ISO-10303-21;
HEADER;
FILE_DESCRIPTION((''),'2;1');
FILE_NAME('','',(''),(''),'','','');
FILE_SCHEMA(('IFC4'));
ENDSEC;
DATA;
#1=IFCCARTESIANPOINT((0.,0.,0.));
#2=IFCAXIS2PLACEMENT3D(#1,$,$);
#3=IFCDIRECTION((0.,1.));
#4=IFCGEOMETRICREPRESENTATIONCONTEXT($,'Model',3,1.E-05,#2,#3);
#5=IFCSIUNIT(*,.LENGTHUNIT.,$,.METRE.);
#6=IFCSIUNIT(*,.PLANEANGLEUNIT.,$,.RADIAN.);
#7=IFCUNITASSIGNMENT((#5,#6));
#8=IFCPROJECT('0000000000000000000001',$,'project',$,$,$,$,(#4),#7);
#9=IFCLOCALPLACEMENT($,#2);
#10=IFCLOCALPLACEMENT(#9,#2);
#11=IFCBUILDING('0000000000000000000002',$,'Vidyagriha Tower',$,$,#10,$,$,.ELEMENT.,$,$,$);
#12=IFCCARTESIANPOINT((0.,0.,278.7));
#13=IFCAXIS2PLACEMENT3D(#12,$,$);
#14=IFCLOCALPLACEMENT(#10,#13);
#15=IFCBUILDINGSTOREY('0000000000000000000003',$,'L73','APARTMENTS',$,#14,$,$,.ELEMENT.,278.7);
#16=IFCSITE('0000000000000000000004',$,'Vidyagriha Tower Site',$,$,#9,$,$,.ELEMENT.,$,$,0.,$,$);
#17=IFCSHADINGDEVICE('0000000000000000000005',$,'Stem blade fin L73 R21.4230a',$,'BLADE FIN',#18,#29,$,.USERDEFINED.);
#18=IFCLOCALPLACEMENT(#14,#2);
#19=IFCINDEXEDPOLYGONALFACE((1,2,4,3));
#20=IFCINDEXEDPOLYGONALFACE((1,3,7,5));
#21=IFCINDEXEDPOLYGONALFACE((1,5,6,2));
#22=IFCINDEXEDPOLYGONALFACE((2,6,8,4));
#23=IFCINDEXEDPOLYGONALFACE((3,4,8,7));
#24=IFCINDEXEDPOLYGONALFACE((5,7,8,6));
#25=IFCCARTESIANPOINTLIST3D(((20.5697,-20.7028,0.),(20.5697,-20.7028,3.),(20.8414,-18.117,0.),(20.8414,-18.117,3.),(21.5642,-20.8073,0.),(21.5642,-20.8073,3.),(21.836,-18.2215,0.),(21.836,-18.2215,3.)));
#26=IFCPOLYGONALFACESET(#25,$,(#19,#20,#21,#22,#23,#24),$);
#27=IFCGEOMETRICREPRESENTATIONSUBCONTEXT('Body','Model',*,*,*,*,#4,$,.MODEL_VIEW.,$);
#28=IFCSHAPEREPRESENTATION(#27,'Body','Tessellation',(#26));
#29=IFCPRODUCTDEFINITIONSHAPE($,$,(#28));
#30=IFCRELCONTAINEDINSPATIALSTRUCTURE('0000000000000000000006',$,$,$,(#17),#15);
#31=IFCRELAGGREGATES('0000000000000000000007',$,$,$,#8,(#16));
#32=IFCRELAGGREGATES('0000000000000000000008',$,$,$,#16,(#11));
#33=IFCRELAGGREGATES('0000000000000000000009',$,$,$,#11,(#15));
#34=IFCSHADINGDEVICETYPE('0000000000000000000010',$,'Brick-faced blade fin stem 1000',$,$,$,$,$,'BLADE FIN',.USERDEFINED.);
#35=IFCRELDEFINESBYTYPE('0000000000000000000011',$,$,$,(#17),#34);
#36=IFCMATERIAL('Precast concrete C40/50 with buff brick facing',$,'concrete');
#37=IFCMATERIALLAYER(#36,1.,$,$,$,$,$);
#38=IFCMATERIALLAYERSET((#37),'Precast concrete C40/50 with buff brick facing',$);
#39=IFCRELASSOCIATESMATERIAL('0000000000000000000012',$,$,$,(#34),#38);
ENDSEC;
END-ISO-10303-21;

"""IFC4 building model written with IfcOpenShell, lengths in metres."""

from ifc_helpers import new_model, si_unit, direction, frame, origin, place, context, subcontext, project, spatial, polyline, outline, extrude, material, layer, layer_set, type_object, element, save


model = new_model("IFC4")

# Units and contexts
model_context = context("Model", 3, precision=1e-05, world=origin(), true_north=direction((0.0, 1.0)))
body_context = subcontext(model_context, "Body", "Model", "MODEL_VIEW")
ifc_project = project(units=[si_unit("LENGTHUNIT", "METRE"), si_unit("PLANEANGLEUNIT", "RADIAN")], contexts=[model_context])

# Site, building, storey
site_placement = place(None, origin())
site = spatial("IfcSite", under=ifc_project, at=site_placement, Name="Vidyagriha Tower Site", CompositionType="ELEMENT", RefElevation=0.0)
building_placement = place(site_placement, origin())
building = spatial("IfcBuilding", under=site, at=building_placement, Name="Vidyagriha Tower", CompositionType="ELEMENT")
storey_placement = place(building_placement, frame((0.0, 0.0, 278.7)))
storey = spatial("IfcBuildingStorey", under=building, at=storey_placement, Name="L73", Description="APARTMENTS", CompositionType="ELEMENT", Elevation=278.7)

# Shading device
ifc_material_1 = material(Name="Precast concrete C40/50 with buff brick facing", Category="concrete")
ifc_layer_1 = layer(ifc_material_1, 1.0)
ifc_layer_set_1 = layer_set([ifc_layer_1], Name="Precast concrete C40/50 with buff brick facing")
shading_device_type_1 = type_object("IfcShadingDeviceType", Name="Brick-faced blade fin stem 1000", ElementType="BLADE FIN", PredefinedType="USERDEFINED", material=ifc_layer_set_1)
shading_device_1_placement = place(storey_placement, frame((20.7056, -19.4099, 0.0), z_axis=(0.0, 0.0, 1.0), x_axis=(0.994524, -0.104507, 0.0)))
element("IfcShadingDevice", 1, at=shading_device_1_placement, inside=storey, type_object=shading_device_type_1, Name="Stem blade fin L73 R21.4230a", ObjectType="BLADE FIN", PredefinedType="USERDEFINED", context=body_context, shape_type="SweptSolid", body=[
    extrude(outline(polyline([(0.0, 0.0), (1.0, 0.0), (1.0, 3.0), (0.0, 3.0), (0.0, 0.0)])), frame((0.0, 1.3, 0.0), z_axis=(0.0, -1.0, 0.0), x_axis=(1.0, 0.0, 0.0)), (0.0, 0.0, 1.0), 2.6001),
])

save(model, "model.ifc")
